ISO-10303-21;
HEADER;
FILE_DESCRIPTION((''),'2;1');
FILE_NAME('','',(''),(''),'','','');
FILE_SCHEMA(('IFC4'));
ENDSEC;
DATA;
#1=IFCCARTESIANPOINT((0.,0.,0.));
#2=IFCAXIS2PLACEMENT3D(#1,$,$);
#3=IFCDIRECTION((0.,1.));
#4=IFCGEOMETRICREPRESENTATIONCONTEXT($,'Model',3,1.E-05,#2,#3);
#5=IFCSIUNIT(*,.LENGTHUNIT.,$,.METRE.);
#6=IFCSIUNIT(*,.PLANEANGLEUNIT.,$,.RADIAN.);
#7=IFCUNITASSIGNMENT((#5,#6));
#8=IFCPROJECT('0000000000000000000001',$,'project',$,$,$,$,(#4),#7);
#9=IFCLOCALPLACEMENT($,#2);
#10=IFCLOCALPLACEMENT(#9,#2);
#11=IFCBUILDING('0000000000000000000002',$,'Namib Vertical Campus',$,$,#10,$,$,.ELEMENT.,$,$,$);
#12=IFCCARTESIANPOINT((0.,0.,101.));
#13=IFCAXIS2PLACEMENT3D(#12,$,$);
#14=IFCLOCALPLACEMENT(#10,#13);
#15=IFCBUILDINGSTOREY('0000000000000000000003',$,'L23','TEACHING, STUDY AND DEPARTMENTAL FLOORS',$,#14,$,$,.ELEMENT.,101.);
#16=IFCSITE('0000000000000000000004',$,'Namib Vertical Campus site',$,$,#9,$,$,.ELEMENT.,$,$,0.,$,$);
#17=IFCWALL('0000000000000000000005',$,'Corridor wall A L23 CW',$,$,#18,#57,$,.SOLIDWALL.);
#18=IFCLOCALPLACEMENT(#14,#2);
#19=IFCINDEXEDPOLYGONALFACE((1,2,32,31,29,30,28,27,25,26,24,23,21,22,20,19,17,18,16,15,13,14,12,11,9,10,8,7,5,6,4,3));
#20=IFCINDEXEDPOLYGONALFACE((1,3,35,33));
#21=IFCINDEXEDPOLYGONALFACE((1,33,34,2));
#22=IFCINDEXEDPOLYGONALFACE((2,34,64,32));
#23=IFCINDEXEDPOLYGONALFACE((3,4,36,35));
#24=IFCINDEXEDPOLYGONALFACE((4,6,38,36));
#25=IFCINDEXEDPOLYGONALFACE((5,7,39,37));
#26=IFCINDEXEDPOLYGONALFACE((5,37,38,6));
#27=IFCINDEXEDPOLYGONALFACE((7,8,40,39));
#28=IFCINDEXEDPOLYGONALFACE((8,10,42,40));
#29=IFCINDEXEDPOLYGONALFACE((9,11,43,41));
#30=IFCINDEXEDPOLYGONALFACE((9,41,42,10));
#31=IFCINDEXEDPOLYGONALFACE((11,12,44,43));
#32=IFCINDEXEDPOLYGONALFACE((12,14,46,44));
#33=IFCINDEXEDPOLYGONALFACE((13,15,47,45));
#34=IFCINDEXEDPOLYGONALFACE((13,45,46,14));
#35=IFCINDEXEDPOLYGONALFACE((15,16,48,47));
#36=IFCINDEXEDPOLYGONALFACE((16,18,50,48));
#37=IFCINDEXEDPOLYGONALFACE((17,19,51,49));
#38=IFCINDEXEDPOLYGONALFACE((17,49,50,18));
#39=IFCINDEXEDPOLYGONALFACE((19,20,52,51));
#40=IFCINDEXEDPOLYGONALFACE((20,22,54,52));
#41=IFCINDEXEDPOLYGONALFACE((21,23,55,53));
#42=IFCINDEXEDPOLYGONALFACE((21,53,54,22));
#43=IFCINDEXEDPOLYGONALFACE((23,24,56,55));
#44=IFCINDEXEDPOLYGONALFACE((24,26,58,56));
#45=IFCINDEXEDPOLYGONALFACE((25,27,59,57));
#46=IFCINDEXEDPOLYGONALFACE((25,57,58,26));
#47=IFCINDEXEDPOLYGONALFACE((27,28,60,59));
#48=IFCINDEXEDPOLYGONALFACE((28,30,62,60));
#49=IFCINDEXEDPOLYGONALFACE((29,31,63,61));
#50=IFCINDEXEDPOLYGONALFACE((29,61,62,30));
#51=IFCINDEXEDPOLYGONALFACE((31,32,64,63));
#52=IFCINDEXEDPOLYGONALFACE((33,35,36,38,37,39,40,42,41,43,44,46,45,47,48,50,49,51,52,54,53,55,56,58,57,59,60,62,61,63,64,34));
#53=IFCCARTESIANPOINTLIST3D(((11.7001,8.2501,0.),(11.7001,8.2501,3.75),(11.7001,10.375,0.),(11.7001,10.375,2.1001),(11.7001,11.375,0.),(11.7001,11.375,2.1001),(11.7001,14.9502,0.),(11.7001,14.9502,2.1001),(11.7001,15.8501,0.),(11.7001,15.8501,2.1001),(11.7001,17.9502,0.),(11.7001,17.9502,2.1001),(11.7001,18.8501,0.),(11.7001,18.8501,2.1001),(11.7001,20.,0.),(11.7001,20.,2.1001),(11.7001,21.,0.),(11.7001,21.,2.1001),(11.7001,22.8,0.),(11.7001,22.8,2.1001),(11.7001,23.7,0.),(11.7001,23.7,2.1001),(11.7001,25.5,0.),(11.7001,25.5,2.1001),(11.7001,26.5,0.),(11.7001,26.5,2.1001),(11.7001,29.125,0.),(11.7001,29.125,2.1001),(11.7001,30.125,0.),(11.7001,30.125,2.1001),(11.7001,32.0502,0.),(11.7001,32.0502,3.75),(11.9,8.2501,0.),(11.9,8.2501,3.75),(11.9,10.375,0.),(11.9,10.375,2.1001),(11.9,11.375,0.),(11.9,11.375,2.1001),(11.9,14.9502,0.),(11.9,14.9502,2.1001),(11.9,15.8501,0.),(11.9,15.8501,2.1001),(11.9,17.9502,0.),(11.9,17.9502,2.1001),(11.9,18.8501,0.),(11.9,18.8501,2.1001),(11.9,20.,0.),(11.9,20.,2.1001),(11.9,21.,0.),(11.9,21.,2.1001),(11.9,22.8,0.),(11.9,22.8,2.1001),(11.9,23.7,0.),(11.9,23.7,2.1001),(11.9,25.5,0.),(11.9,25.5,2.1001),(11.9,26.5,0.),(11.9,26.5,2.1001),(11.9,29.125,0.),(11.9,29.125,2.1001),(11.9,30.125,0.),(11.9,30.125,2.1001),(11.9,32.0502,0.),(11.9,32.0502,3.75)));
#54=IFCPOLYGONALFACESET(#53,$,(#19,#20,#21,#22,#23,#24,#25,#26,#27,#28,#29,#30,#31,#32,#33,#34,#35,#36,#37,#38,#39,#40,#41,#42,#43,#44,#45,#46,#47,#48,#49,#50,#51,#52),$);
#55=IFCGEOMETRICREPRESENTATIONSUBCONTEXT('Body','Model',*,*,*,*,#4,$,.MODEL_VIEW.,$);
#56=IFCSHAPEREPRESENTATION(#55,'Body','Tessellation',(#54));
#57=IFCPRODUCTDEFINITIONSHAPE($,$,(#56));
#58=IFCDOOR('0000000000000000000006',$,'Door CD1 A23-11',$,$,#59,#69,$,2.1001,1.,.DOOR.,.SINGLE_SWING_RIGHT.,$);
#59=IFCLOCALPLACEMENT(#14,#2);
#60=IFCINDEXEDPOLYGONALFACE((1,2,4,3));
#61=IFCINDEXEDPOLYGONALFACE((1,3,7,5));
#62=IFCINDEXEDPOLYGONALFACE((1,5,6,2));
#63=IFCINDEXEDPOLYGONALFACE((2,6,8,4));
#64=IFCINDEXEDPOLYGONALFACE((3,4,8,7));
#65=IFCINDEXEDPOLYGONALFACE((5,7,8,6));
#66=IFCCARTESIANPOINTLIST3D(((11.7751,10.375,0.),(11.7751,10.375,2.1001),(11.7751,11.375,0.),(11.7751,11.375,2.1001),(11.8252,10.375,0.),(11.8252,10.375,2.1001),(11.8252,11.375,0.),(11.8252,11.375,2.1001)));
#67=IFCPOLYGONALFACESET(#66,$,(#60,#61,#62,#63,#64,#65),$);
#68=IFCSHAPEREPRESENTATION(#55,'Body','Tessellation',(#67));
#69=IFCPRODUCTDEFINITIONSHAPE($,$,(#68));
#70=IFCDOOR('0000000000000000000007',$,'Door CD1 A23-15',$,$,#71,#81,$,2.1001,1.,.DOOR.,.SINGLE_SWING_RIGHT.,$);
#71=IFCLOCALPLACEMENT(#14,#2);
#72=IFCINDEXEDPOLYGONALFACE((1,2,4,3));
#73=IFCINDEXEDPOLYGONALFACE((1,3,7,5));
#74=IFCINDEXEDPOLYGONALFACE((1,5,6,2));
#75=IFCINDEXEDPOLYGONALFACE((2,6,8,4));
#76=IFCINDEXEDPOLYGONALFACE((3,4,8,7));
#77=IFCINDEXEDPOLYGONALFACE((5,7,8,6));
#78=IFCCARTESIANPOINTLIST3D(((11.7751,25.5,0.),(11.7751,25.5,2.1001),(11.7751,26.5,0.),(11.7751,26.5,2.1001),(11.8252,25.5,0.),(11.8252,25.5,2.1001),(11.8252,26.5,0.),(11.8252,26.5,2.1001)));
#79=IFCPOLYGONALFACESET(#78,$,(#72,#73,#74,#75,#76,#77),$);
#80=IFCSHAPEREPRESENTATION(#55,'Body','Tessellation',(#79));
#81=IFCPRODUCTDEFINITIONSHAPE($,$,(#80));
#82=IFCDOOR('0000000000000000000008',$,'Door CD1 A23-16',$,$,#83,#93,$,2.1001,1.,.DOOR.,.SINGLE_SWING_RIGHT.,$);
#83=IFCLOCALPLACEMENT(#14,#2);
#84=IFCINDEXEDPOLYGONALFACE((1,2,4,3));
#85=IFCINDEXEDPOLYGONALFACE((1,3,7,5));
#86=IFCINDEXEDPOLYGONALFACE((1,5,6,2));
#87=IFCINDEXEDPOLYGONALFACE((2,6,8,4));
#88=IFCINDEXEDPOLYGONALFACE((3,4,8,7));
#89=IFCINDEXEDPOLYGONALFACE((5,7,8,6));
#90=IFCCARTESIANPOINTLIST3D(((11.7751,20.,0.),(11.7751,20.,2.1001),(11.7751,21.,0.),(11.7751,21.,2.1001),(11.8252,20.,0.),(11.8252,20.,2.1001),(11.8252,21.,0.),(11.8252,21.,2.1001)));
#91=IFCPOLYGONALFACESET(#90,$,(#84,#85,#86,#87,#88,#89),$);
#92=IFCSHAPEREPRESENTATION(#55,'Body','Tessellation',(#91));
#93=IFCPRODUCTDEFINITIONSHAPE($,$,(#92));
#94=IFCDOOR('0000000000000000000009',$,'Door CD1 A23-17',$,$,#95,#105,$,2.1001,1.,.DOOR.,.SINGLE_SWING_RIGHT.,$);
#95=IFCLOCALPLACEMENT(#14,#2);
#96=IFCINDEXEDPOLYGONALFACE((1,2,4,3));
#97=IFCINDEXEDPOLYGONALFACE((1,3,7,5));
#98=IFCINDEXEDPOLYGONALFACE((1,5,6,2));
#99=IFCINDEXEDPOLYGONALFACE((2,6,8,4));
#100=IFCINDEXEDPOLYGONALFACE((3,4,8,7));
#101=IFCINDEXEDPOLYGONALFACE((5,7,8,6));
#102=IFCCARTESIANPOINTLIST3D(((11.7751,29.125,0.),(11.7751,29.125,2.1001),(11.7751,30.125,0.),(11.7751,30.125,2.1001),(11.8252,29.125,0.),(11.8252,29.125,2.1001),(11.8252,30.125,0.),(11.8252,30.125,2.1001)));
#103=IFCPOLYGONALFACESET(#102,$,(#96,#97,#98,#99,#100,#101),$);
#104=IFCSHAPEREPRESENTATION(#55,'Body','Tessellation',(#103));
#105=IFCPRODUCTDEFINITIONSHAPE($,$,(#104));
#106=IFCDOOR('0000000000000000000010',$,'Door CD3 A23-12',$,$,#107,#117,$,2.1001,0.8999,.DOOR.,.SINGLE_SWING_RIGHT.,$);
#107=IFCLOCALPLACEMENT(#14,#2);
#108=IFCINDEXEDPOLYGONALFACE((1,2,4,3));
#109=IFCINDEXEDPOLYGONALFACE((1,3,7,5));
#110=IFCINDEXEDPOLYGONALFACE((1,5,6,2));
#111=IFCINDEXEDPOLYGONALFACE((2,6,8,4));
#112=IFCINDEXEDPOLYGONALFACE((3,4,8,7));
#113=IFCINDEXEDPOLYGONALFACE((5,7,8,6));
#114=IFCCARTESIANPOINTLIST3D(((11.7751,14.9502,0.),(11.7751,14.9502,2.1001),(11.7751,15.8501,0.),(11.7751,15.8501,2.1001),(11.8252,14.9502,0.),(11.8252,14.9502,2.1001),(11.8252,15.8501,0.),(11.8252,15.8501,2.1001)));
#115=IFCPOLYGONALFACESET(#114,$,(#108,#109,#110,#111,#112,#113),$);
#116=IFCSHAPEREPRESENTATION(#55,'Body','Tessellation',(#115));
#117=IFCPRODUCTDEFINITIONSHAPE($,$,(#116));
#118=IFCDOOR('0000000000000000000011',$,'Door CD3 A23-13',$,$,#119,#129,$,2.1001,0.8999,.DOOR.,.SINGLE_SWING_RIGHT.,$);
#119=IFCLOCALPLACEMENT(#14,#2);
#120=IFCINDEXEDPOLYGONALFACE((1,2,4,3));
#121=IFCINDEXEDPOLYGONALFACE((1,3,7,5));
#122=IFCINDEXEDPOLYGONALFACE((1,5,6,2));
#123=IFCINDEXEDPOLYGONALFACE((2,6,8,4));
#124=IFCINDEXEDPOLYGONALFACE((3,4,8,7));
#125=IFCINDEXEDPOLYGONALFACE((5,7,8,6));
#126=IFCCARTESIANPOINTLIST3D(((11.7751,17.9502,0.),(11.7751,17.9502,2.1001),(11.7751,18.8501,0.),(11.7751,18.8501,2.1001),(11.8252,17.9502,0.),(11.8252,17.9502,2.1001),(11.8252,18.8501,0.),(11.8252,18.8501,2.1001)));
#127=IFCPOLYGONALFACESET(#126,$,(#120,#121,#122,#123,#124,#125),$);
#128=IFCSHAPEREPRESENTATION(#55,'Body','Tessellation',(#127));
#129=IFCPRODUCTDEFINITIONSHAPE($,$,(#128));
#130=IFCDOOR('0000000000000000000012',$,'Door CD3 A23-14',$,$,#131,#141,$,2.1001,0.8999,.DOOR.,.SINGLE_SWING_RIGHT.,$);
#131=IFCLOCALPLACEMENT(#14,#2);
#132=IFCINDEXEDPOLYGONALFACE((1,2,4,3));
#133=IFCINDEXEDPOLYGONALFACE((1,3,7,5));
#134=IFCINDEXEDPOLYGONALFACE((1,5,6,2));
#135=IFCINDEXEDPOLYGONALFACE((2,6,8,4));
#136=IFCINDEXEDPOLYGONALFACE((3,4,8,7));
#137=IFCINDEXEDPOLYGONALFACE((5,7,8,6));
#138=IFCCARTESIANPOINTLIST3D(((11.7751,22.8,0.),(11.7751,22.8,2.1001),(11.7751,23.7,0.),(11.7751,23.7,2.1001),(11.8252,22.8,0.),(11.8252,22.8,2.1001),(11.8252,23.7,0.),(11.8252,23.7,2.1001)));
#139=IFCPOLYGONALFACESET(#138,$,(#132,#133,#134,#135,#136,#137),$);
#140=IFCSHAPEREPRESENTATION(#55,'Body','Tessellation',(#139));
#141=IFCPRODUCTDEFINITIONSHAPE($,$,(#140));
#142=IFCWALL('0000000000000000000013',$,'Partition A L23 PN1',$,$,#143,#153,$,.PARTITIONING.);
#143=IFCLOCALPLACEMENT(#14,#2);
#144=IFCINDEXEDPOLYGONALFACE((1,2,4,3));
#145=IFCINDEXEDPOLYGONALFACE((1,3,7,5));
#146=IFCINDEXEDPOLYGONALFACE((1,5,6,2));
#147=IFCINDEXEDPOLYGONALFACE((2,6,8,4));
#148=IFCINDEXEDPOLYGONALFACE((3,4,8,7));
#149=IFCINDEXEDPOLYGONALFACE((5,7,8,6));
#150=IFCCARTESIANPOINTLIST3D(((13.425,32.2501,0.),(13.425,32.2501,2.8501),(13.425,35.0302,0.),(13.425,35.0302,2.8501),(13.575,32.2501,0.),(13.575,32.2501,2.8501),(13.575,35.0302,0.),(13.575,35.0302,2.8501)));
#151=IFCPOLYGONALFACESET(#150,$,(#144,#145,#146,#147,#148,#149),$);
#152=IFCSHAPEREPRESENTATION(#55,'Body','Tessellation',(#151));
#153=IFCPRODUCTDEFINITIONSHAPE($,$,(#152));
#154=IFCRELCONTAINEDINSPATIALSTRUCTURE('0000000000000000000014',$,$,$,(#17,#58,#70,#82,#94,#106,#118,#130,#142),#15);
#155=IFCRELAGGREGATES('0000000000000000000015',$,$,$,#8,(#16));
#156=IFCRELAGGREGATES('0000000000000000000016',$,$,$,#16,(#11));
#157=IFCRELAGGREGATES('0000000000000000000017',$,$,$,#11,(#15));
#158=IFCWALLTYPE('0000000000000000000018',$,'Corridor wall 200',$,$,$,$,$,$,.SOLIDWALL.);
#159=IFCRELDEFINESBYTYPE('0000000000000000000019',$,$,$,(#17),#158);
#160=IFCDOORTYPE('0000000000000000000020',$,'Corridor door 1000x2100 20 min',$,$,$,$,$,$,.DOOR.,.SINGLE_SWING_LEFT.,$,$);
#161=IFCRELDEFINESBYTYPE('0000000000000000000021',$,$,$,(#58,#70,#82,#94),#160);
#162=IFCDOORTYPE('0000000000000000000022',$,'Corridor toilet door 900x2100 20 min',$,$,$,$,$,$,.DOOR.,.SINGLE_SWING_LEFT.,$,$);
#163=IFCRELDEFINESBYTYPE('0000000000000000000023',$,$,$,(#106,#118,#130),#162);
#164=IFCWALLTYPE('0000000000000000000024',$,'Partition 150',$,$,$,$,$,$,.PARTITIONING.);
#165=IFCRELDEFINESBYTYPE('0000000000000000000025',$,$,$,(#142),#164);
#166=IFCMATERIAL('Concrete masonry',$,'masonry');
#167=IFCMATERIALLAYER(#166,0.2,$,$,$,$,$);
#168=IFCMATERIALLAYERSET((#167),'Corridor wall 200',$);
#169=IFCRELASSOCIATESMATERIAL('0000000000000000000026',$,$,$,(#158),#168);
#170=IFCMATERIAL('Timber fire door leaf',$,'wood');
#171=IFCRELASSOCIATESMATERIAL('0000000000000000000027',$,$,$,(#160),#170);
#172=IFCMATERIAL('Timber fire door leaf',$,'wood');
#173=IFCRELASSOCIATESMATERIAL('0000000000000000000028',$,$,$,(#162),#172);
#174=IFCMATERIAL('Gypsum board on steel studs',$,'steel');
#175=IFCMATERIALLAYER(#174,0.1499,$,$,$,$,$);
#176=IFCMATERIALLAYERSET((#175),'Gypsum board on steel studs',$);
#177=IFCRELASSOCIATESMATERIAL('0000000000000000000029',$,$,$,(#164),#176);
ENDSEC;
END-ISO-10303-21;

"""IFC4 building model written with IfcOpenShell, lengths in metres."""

from ifc_helpers import new_model, si_unit, direction, frame, frame_2d, origin, place, context, subcontext, project, spatial, rectangle, extrude, material, layer, layer_set, type_object, element, fill, save


model = new_model("IFC4")

# Units and contexts
model_context = context("Model", 3, precision=1e-05, world=origin(), true_north=direction((0.0, 1.0)))
body_context = subcontext(model_context, "Body", "Model", "MODEL_VIEW")
ifc_project = project(units=[si_unit("LENGTHUNIT", "METRE"), si_unit("PLANEANGLEUNIT", "RADIAN")], contexts=[model_context])

# Site, building, storey
site_placement = place(None, origin())
site = spatial("IfcSite", under=ifc_project, at=site_placement, Name="Namib Vertical Campus site", CompositionType="ELEMENT", RefElevation=0.0)
building_placement = place(site_placement, origin())
building = spatial("IfcBuilding", under=site, at=building_placement, Name="Namib Vertical Campus", CompositionType="ELEMENT")
storey_placement = place(building_placement, frame((0.0, 0.0, 101.0)))
storey = spatial("IfcBuildingStorey", under=building, at=storey_placement, Name="L23", Description="TEACHING, STUDY AND DEPARTMENTAL FLOORS", CompositionType="ELEMENT", Elevation=101.0)

# Wall, openings, doors
ifc_material_1 = material(Name="Concrete masonry", Category="masonry")
ifc_layer_1 = layer(ifc_material_1, 0.2)
ifc_layer_set_1 = layer_set([ifc_layer_1], Name="Corridor wall 200")
wall_type_1 = type_object("IfcWallType", Name="Corridor wall 200", PredefinedType="SOLIDWALL", material=ifc_layer_set_1)
wall_1_placement = place(storey_placement, frame((11.8, 32.05, 0.0), z_axis=(0.0, 0.0, 1.0), x_axis=(0.0, -1.0, 0.0)))
wall_1 = element("IfcWall", 1, at=wall_1_placement, inside=storey, type_object=wall_type_1, Name="Corridor wall A L23 CW", PredefinedType="SOLIDWALL", context=body_context, shape_type="SweptSolid", body=[
    extrude(rectangle(XDim=23.8, YDim=0.2, at=frame_2d((11.8999, 0.0))), origin(), (0.0, 0.0, 1.0), 3.75),
])
opening_1_placement = place(wall_1_placement, frame((20.675, 0.0, 0.0)))
opening_1 = element("IfcOpeningElement", 2, at=opening_1_placement, cuts=wall_1, PredefinedType="OPENING", context=body_context, shape_type="SweptSolid", body=[
    extrude(rectangle(XDim=1.0, YDim=2.1001, at=frame_2d((0.5, 1.05))), frame((0.0, 0.1099, 0.0), z_axis=(0.0, -1.0, 0.0), x_axis=(1.0, 0.0, 0.0)), (0.0, 0.0, 1.0), 0.22),
])
opening_2_placement = place(wall_1_placement, frame((16.2, 0.0, 0.0)))
opening_2 = element("IfcOpeningElement", 3, at=opening_2_placement, cuts=wall_1, PredefinedType="OPENING", context=body_context, shape_type="SweptSolid", body=[
    extrude(rectangle(XDim=0.8999, YDim=2.1001, at=frame_2d((0.45, 1.05))), frame((0.0, 0.1099, 0.0), z_axis=(0.0, -1.0, 0.0), x_axis=(1.0, 0.0, 0.0)), (0.0, 0.0, 1.0), 0.22),
])
opening_3_placement = place(wall_1_placement, frame((13.2, 0.0, 0.0)))
opening_3 = element("IfcOpeningElement", 4, at=opening_3_placement, cuts=wall_1, PredefinedType="OPENING", context=body_context, shape_type="SweptSolid", body=[
    extrude(rectangle(XDim=0.8999, YDim=2.1001, at=frame_2d((0.45, 1.05))), frame((0.0, 0.1099, 0.0), z_axis=(0.0, -1.0, 0.0), x_axis=(1.0, 0.0, 0.0)), (0.0, 0.0, 1.0), 0.22),
])
opening_4_placement = place(wall_1_placement, frame((8.3501, 0.0, 0.0)))
opening_4 = element("IfcOpeningElement", 5, at=opening_4_placement, cuts=wall_1, PredefinedType="OPENING", context=body_context, shape_type="SweptSolid", body=[
    extrude(rectangle(XDim=0.8999, YDim=2.1001, at=frame_2d((0.45, 1.05))), frame((0.0, 0.1099, 0.0), z_axis=(0.0, -1.0, 0.0), x_axis=(1.0, 0.0, 0.0)), (0.0, 0.0, 1.0), 0.22),
])
opening_5_placement = place(wall_1_placement, frame((5.55, 0.0, 0.0)))
opening_5 = element("IfcOpeningElement", 6, at=opening_5_placement, cuts=wall_1, PredefinedType="OPENING", context=body_context, shape_type="SweptSolid", body=[
    extrude(rectangle(XDim=1.0, YDim=2.1001, at=frame_2d((0.5, 1.05))), frame((0.0, 0.1099, 0.0), z_axis=(0.0, -1.0, 0.0), x_axis=(1.0, 0.0, 0.0)), (0.0, 0.0, 1.0), 0.22),
])
opening_6_placement = place(wall_1_placement, frame((11.05, 0.0, 0.0)))
opening_6 = element("IfcOpeningElement", 7, at=opening_6_placement, cuts=wall_1, PredefinedType="OPENING", context=body_context, shape_type="SweptSolid", body=[
    extrude(rectangle(XDim=1.0, YDim=2.1001, at=frame_2d((0.5, 1.05))), frame((0.0, 0.1099, 0.0), z_axis=(0.0, -1.0, 0.0), x_axis=(1.0, 0.0, 0.0)), (0.0, 0.0, 1.0), 0.22),
])
opening_7_placement = place(wall_1_placement, frame((1.925, 0.0, 0.0)))
opening_7 = element("IfcOpeningElement", 8, at=opening_7_placement, cuts=wall_1, PredefinedType="OPENING", context=body_context, shape_type="SweptSolid", body=[
    extrude(rectangle(XDim=1.0, YDim=2.1001, at=frame_2d((0.5, 1.05))), frame((0.0, 0.1099, 0.0), z_axis=(0.0, -1.0, 0.0), x_axis=(1.0, 0.0, 0.0)), (0.0, 0.0, 1.0), 0.22),
])
ifc_material_2 = material(Name="Timber fire door leaf", Category="wood")
door_type_1 = type_object("IfcDoorType", Name="Corridor door 1000x2100 20 min", OperationType="SINGLE_SWING_LEFT", PredefinedType="DOOR", material=ifc_material_2)
door_1_placement = place(opening_1_placement, frame((1.0, 0.0, 0.0), z_axis=(0.0, 0.0, 1.0), x_axis=(-1.0, 0.0, 0.0)))
door_1 = element("IfcDoor", 9, at=door_1_placement, inside=storey, type_object=door_type_1, Name="Door CD1 A23-11", OperationType="SINGLE_SWING_RIGHT", OverallHeight=2.1001, OverallWidth=1.0, PredefinedType="DOOR", context=body_context, shape_type="SweptSolid", body=[
    extrude(rectangle(XDim=1.0, YDim=2.1001, at=frame_2d((0.5, 1.05))), frame((0.0, 0.0249, 0.0), z_axis=(0.0, -1.0, 0.0), x_axis=(1.0, 0.0, 0.0)), (0.0, 0.0, 1.0), 0.05),
])
fill(opening_1, door_1)
door_2_placement = place(opening_5_placement, frame((1.0, 0.0, 0.0), z_axis=(0.0, 0.0, 1.0), x_axis=(-1.0, 0.0, 0.0)))
door_2 = element("IfcDoor", 10, at=door_2_placement, inside=storey, type_object=door_type_1, Name="Door CD1 A23-15", OperationType="SINGLE_SWING_RIGHT", OverallHeight=2.1001, OverallWidth=1.0, PredefinedType="DOOR", context=body_context, shape_type="SweptSolid", body=[
    extrude(rectangle(XDim=1.0, YDim=2.1001, at=frame_2d((0.5, 1.05))), frame((0.0, 0.0249, 0.0), z_axis=(0.0, -1.0, 0.0), x_axis=(1.0, 0.0, 0.0)), (0.0, 0.0, 1.0), 0.05),
])
fill(opening_5, door_2)
door_3_placement = place(opening_6_placement, frame((1.0, 0.0, 0.0), z_axis=(0.0, 0.0, 1.0), x_axis=(-1.0, 0.0, 0.0)))
door_3 = element("IfcDoor", 11, at=door_3_placement, inside=storey, type_object=door_type_1, Name="Door CD1 A23-16", OperationType="SINGLE_SWING_RIGHT", OverallHeight=2.1001, OverallWidth=1.0, PredefinedType="DOOR", context=body_context, shape_type="SweptSolid", body=[
    extrude(rectangle(XDim=1.0, YDim=2.1001, at=frame_2d((0.5, 1.05))), frame((0.0, 0.0249, 0.0), z_axis=(0.0, -1.0, 0.0), x_axis=(1.0, 0.0, 0.0)), (0.0, 0.0, 1.0), 0.05),
])
fill(opening_6, door_3)
door_4_placement = place(opening_7_placement, frame((1.0, 0.0, 0.0), z_axis=(0.0, 0.0, 1.0), x_axis=(-1.0, 0.0, 0.0)))
door_4 = element("IfcDoor", 12, at=door_4_placement, inside=storey, type_object=door_type_1, Name="Door CD1 A23-17", OperationType="SINGLE_SWING_RIGHT", OverallHeight=2.1001, OverallWidth=1.0, PredefinedType="DOOR", context=body_context, shape_type="SweptSolid", body=[
    extrude(rectangle(XDim=1.0, YDim=2.1001, at=frame_2d((0.5, 1.05))), frame((0.0, 0.0249, 0.0), z_axis=(0.0, -1.0, 0.0), x_axis=(1.0, 0.0, 0.0)), (0.0, 0.0, 1.0), 0.05),
])
fill(opening_7, door_4)
ifc_material_3 = material(Name="Timber fire door leaf", Category="wood")
door_type_2 = type_object("IfcDoorType", Name="Corridor toilet door 900x2100 20 min", OperationType="SINGLE_SWING_LEFT", PredefinedType="DOOR", material=ifc_material_3)
door_5_placement = place(opening_2_placement, frame((0.8999, 0.0, 0.0), z_axis=(0.0, 0.0, 1.0), x_axis=(-1.0, 0.0, 0.0)))
door_5 = element("IfcDoor", 13, at=door_5_placement, inside=storey, type_object=door_type_2, Name="Door CD3 A23-12", OperationType="SINGLE_SWING_RIGHT", OverallHeight=2.1001, OverallWidth=0.8999, PredefinedType="DOOR", context=body_context, shape_type="SweptSolid", body=[
    extrude(rectangle(XDim=0.8999, YDim=2.1001, at=frame_2d((0.45, 1.05))), frame((0.0, 0.0249, 0.0), z_axis=(0.0, -1.0, 0.0), x_axis=(1.0, 0.0, 0.0)), (0.0, 0.0, 1.0), 0.05),
])
fill(opening_2, door_5)
door_6_placement = place(opening_3_placement, frame((0.8999, 0.0, 0.0), z_axis=(0.0, 0.0, 1.0), x_axis=(-1.0, 0.0, 0.0)))
door_6 = element("IfcDoor", 14, at=door_6_placement, inside=storey, type_object=door_type_2, Name="Door CD3 A23-13", OperationType="SINGLE_SWING_RIGHT", OverallHeight=2.1001, OverallWidth=0.8999, PredefinedType="DOOR", context=body_context, shape_type="SweptSolid", body=[
    extrude(rectangle(XDim=0.8999, YDim=2.1001, at=frame_2d((0.45, 1.05))), frame((0.0, 0.0249, 0.0), z_axis=(0.0, -1.0, 0.0), x_axis=(1.0, 0.0, 0.0)), (0.0, 0.0, 1.0), 0.05),
])
fill(opening_3, door_6)
door_7_placement = place(opening_4_placement, frame((0.8999, 0.0, 0.0), z_axis=(0.0, 0.0, 1.0), x_axis=(-1.0, 0.0, 0.0)))
door_7 = element("IfcDoor", 15, at=door_7_placement, inside=storey, type_object=door_type_2, Name="Door CD3 A23-14", OperationType="SINGLE_SWING_RIGHT", OverallHeight=2.1001, OverallWidth=0.8999, PredefinedType="DOOR", context=body_context, shape_type="SweptSolid", body=[
    extrude(rectangle(XDim=0.8999, YDim=2.1001, at=frame_2d((0.45, 1.05))), frame((0.0, 0.0249, 0.0), z_axis=(0.0, -1.0, 0.0), x_axis=(1.0, 0.0, 0.0)), (0.0, 0.0, 1.0), 0.05),
])
fill(opening_4, door_7)

# Wall
ifc_material_4 = material(Name="Gypsum board on steel studs", Category="steel")
ifc_layer_2 = layer(ifc_material_4, 0.1499)
ifc_layer_set_2 = layer_set([ifc_layer_2], Name="Gypsum board on steel studs")
wall_type_2 = type_object("IfcWallType", Name="Partition 150", PredefinedType="PARTITIONING", material=ifc_layer_set_2)
wall_2_placement = place(storey_placement, frame((13.5, 32.25, 0.0), z_axis=(0.0, 0.0, 1.0), x_axis=(0.0, 1.0, 0.0)))
element("IfcWall", 16, at=wall_2_placement, inside=storey, type_object=wall_type_2, Name="Partition A L23 PN1", PredefinedType="PARTITIONING", context=body_context, shape_type="SweptSolid", body=[
    extrude(rectangle(XDim=2.78, YDim=0.1499, at=frame_2d((1.3901, 0.0))), origin(), (0.0, 0.0, 1.0), 2.8501),
])

save(model, "model.ifc")
